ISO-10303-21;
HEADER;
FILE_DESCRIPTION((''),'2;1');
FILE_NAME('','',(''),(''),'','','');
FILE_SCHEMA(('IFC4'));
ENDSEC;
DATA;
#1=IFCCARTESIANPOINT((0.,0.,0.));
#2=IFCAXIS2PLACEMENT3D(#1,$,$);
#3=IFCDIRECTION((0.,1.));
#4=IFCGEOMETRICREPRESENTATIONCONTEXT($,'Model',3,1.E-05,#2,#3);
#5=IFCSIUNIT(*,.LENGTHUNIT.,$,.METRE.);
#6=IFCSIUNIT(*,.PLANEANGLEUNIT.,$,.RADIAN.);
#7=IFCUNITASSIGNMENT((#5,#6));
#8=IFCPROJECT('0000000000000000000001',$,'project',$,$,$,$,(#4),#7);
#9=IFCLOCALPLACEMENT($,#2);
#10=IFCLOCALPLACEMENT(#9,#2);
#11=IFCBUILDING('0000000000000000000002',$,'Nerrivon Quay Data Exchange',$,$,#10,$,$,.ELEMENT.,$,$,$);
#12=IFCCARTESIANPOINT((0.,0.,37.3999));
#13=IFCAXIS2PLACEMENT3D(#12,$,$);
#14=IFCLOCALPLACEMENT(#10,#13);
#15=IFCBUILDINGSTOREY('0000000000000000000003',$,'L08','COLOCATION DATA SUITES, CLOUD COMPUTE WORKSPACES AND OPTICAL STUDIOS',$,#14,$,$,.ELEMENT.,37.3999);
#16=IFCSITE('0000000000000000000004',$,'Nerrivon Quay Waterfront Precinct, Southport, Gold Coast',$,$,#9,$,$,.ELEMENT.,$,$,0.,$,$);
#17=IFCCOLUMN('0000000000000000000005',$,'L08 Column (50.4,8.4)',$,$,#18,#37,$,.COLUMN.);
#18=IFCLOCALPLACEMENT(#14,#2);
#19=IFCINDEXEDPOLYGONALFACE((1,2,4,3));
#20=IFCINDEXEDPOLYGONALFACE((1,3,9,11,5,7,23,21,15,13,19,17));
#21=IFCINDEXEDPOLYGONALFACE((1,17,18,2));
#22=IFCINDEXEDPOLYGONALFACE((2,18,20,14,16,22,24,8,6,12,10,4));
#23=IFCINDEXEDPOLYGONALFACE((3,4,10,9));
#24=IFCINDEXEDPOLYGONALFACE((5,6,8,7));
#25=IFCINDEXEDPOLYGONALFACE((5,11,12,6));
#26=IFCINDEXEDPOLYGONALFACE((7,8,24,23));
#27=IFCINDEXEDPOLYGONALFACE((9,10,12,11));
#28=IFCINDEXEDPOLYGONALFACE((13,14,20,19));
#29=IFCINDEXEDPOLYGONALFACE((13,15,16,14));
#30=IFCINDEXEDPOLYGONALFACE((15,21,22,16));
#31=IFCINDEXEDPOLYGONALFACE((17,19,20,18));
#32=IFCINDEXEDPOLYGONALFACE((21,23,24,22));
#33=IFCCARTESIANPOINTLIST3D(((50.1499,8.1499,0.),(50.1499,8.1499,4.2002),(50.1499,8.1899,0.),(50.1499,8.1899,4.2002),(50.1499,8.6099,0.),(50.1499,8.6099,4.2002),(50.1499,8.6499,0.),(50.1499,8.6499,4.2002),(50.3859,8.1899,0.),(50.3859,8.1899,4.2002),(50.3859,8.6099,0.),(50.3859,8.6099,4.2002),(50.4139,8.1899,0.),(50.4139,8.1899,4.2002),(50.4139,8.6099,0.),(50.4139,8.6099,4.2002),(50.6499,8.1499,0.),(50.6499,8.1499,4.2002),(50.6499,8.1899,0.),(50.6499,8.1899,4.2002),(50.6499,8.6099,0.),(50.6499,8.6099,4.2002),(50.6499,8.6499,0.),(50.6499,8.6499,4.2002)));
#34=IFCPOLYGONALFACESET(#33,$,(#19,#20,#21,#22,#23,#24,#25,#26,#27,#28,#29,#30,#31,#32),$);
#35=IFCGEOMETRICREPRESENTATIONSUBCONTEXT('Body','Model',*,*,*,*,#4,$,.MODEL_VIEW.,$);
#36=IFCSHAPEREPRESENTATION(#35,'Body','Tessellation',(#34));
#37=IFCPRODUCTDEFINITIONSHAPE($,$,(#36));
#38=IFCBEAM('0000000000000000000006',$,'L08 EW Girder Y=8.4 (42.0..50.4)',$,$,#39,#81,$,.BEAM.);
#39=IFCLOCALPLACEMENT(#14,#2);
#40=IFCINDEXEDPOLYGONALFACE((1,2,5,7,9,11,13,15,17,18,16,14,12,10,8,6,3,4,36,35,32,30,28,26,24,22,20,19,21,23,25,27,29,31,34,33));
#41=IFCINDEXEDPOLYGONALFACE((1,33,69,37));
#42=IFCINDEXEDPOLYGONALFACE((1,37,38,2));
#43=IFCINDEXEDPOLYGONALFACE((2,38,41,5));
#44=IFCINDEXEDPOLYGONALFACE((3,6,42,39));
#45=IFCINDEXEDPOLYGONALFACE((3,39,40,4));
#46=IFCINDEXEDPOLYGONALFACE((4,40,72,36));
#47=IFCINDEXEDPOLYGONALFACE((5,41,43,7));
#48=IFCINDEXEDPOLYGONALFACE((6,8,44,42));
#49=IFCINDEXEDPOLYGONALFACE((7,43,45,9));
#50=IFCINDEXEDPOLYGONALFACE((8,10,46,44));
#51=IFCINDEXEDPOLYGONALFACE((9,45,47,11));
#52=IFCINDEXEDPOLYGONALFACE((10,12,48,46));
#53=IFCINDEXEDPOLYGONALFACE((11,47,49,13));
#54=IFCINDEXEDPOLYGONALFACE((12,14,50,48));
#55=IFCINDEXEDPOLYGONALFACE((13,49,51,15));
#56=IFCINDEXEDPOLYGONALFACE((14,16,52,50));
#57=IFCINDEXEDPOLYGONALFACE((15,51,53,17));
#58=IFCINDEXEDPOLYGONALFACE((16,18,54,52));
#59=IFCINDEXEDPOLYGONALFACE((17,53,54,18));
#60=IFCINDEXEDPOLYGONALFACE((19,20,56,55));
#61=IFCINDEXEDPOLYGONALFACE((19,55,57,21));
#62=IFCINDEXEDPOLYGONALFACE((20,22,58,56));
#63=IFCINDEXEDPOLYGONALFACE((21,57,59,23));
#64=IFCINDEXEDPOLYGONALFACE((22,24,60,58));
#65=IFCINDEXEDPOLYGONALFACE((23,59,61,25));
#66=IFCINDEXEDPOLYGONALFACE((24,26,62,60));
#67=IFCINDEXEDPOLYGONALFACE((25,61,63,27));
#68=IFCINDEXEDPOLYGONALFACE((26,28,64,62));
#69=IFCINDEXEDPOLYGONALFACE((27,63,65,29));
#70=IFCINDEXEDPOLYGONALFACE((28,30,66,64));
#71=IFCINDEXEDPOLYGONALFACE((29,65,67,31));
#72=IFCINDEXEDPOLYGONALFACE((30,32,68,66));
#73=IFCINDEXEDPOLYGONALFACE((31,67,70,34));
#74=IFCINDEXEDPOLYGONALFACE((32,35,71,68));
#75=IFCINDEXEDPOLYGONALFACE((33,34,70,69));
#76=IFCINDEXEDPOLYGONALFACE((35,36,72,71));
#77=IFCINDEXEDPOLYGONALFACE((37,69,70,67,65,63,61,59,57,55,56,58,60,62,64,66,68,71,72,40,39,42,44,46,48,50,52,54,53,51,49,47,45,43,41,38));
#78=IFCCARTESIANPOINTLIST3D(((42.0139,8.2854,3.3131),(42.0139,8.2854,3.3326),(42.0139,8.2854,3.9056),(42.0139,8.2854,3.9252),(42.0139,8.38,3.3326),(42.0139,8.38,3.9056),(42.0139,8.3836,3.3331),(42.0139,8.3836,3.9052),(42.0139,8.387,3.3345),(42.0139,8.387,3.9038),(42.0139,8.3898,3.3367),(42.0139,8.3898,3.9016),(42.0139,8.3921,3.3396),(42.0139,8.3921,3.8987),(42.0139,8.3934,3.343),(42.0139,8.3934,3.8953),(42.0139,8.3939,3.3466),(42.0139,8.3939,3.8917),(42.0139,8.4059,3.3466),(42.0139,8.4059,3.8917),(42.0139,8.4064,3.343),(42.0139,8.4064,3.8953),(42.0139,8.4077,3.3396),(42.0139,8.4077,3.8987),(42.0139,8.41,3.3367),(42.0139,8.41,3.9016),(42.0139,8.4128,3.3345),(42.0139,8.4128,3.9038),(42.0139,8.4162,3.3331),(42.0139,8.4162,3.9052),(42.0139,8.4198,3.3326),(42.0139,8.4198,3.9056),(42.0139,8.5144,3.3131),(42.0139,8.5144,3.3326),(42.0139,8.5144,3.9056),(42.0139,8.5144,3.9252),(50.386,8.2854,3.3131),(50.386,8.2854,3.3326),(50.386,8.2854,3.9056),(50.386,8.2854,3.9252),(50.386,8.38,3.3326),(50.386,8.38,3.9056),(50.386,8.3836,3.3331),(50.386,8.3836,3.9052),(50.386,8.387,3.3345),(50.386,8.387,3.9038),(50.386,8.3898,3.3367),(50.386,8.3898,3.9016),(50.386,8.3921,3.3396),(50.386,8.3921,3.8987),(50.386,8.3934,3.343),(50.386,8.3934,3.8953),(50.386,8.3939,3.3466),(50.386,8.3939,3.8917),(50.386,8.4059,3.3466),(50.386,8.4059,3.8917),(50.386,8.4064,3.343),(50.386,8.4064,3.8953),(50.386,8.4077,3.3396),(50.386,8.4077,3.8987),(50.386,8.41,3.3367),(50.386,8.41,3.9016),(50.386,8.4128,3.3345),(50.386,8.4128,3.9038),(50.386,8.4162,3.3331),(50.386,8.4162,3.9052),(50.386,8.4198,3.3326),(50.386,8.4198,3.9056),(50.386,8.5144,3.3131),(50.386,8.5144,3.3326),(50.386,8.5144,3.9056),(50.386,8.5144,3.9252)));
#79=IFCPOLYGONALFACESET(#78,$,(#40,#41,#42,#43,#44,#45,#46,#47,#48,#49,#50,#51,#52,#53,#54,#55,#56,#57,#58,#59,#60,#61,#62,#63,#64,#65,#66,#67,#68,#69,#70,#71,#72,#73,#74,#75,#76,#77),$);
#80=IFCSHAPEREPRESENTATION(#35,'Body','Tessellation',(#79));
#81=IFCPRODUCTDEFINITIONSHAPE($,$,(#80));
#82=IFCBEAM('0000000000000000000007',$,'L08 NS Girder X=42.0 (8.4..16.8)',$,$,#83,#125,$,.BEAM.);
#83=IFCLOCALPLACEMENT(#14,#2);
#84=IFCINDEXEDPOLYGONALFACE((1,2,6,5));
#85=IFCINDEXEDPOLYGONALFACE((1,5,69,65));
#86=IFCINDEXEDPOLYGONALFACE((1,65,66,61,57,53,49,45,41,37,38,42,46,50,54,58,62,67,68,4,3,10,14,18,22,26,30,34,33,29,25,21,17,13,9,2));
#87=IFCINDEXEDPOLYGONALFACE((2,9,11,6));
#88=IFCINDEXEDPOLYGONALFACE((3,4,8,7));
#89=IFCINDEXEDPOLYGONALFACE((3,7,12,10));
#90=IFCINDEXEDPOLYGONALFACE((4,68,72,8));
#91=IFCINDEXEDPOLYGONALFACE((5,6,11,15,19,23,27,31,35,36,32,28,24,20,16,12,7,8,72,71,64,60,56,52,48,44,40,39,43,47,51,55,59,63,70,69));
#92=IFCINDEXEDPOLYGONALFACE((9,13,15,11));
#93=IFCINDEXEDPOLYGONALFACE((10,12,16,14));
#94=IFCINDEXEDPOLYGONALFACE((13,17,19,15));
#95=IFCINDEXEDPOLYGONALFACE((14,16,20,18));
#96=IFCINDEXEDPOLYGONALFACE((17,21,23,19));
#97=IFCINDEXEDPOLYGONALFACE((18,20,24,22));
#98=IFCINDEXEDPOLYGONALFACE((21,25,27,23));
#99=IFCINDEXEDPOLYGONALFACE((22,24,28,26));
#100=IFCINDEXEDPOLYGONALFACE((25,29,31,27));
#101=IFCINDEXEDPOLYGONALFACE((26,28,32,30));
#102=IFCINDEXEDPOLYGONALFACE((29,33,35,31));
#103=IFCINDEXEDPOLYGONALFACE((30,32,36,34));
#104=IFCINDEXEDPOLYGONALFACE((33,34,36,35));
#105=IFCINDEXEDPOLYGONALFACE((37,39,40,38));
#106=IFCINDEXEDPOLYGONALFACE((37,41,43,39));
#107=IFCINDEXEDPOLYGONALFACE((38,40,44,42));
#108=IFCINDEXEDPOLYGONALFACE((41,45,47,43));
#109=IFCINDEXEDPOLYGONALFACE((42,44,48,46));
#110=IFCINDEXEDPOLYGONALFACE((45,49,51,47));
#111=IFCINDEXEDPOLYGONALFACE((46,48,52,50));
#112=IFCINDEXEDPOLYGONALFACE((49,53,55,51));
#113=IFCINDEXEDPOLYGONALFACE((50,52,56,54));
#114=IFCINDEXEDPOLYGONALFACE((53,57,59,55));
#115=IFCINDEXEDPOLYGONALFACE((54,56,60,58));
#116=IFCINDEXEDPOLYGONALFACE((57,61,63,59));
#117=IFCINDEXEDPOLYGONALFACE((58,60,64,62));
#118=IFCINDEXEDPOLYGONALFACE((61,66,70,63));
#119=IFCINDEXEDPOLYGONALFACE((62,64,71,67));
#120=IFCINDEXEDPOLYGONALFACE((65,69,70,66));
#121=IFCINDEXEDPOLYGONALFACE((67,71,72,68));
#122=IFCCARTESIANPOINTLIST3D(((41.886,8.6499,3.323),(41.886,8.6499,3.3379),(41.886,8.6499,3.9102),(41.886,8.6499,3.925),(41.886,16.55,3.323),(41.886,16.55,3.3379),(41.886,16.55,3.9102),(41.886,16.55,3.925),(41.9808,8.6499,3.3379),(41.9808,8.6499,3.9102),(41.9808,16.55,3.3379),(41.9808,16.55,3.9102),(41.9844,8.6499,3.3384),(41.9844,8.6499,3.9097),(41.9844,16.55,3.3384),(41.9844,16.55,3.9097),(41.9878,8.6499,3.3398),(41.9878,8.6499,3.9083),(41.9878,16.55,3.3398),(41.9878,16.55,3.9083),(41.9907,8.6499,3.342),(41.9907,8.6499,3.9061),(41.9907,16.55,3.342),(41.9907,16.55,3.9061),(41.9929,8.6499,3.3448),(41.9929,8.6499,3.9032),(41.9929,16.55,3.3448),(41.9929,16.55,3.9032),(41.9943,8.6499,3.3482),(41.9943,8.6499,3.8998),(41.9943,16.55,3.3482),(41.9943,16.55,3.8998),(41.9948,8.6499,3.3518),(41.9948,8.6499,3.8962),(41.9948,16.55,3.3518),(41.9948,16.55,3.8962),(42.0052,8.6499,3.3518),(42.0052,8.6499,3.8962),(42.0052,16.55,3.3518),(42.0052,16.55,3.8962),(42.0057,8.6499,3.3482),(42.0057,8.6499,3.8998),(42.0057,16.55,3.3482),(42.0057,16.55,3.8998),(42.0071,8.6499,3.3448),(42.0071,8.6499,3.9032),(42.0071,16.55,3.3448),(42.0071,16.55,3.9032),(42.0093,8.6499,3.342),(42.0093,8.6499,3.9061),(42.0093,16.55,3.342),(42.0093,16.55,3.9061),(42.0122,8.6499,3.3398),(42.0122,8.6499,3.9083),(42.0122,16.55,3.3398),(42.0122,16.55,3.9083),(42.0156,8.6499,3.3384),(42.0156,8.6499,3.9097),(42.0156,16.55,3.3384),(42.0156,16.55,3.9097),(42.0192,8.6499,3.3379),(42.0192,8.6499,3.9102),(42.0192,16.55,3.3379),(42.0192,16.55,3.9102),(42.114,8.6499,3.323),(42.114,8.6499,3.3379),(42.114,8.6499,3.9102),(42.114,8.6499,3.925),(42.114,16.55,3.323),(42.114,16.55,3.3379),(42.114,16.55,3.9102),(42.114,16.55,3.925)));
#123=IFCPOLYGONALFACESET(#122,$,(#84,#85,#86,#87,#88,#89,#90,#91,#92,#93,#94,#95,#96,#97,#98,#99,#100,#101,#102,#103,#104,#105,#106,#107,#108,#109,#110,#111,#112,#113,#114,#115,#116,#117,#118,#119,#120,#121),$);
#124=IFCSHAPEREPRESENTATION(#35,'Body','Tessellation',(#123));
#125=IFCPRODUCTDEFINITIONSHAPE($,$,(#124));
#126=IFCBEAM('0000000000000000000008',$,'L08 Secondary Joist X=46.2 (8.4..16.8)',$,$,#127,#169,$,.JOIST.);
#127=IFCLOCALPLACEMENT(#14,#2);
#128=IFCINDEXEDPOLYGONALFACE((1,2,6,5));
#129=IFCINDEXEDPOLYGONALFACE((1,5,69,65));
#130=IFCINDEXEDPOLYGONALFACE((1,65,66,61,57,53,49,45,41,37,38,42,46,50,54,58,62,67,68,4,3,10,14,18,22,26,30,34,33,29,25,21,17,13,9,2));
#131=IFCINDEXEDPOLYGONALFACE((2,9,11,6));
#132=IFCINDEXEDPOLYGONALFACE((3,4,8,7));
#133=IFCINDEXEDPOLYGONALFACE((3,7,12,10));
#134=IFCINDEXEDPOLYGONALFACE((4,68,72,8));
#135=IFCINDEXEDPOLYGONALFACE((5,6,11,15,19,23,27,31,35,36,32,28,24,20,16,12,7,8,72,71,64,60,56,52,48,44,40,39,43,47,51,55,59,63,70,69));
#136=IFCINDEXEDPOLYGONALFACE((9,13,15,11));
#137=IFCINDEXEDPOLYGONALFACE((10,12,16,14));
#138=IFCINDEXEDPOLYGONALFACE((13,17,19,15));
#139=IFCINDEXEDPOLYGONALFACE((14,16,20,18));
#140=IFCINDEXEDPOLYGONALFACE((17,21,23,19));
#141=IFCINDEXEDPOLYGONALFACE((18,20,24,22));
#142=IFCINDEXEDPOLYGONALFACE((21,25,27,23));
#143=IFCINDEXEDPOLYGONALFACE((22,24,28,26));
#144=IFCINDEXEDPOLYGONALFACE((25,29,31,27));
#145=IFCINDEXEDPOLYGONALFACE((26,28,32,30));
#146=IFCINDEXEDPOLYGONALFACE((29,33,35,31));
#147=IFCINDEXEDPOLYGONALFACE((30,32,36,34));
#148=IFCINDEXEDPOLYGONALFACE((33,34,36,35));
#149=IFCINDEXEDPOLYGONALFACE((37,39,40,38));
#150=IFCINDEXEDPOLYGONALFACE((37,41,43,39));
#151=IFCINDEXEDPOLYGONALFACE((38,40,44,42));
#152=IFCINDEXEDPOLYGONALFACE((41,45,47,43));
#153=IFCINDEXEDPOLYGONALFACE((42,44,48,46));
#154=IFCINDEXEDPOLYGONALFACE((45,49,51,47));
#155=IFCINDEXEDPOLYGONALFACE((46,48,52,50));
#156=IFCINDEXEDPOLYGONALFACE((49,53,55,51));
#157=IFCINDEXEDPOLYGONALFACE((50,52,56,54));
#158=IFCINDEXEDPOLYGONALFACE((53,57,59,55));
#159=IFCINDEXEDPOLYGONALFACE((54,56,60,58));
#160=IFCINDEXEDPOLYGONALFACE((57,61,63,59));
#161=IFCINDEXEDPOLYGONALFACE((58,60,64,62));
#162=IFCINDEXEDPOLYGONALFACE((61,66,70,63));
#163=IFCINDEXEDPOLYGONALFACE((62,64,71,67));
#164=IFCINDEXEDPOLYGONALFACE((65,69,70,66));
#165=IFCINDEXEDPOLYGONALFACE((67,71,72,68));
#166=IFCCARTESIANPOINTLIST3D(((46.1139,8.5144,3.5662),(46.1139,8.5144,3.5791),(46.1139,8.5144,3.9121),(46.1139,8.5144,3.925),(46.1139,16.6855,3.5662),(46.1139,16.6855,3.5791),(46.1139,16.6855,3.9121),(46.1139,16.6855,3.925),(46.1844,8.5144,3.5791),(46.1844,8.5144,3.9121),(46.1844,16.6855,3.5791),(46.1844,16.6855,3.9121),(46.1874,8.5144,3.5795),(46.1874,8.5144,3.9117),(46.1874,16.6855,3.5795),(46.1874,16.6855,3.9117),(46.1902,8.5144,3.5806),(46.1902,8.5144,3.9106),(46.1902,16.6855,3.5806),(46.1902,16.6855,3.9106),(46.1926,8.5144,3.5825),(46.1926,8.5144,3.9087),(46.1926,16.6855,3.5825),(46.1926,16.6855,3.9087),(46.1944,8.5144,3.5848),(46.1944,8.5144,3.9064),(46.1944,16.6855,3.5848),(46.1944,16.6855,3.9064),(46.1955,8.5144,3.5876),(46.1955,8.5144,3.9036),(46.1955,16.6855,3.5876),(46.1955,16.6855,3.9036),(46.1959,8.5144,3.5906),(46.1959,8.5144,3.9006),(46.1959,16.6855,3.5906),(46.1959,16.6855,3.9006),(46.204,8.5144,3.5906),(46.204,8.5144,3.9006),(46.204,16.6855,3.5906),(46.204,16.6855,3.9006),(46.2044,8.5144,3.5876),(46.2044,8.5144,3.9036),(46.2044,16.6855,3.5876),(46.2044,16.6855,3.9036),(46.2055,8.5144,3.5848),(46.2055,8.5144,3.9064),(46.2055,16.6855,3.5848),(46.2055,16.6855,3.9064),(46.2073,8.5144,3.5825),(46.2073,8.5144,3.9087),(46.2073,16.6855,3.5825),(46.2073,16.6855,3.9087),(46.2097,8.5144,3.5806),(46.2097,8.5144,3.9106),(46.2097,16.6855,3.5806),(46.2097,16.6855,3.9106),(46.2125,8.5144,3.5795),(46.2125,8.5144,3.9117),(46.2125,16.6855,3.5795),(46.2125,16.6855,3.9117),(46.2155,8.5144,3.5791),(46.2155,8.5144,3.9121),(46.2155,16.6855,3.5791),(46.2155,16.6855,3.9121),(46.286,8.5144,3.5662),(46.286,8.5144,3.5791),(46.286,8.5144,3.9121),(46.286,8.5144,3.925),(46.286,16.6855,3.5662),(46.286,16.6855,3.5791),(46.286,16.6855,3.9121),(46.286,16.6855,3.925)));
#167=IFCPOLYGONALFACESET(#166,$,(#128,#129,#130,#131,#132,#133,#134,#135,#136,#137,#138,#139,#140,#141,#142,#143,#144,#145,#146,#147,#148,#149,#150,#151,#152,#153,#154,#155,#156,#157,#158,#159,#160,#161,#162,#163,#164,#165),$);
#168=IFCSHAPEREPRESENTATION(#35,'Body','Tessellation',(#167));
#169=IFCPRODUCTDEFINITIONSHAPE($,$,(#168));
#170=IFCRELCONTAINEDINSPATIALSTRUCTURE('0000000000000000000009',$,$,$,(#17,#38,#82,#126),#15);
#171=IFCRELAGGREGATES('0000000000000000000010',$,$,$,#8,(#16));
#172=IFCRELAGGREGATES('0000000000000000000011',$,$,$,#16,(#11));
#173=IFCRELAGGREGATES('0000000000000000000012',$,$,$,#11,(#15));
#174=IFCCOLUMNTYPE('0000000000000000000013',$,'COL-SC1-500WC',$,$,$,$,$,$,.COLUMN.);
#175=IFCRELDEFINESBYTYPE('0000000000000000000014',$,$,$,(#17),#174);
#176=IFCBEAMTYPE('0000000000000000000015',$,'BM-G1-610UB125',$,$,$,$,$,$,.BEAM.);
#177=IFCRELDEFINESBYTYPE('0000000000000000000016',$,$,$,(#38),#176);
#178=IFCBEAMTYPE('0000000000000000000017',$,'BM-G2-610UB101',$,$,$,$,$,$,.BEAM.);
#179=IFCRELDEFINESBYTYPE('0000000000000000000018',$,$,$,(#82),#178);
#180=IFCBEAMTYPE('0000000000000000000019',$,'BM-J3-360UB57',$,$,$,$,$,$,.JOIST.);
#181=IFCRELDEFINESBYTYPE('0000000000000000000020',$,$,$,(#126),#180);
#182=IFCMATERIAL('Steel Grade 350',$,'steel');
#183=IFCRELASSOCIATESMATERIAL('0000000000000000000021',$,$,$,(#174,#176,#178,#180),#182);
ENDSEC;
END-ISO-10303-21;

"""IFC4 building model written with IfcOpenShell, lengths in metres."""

from ifc_helpers import new_model, si_unit, direction, frame, origin, origin_2d, place, context, subcontext, project, spatial, i_section, extrude, material, material_profile, profile_set, type_object, element, save


model = new_model("IFC4")

# Units and contexts
model_context = context("Model", 3, precision=1e-05, world=origin(), true_north=direction((0.0, 1.0)))
body_context = subcontext(model_context, "Body", "Model", "MODEL_VIEW")
ifc_project = project(units=[si_unit("LENGTHUNIT", "METRE"), si_unit("PLANEANGLEUNIT", "RADIAN")], contexts=[model_context])

# Site, building, storey
site_placement = place(None, origin())
site = spatial("IfcSite", under=ifc_project, at=site_placement, Name="Nerrivon Quay Waterfront Precinct, Southport, Gold Coast", CompositionType="ELEMENT", RefElevation=0.0)
building_placement = place(site_placement, origin())
building = spatial("IfcBuilding", under=site, at=building_placement, Name="Nerrivon Quay Data Exchange", CompositionType="ELEMENT")
storey_placement = place(building_placement, frame((0.0, 0.0, 37.3999)))
storey = spatial("IfcBuildingStorey", under=building, at=storey_placement, Name="L08", Description="COLOCATION DATA SUITES, CLOUD COMPUTE WORKSPACES AND OPTICAL STUDIOS", CompositionType="ELEMENT", Elevation=37.3999)

# Column
ifc_material_1 = material(Name="Steel Grade 350", Category="steel")
ifc_material_profile_1 = material_profile(ifc_material_1, i_section(OverallWidth=0.5, OverallDepth=0.5, WebThickness=0.0281, FlangeThickness=0.04, at=origin_2d()), Name="500WC440")
ifc_profile_set_1 = profile_set([ifc_material_profile_1], Name="Steel Grade 350")
column_type = type_object("IfcColumnType", Name="COL-SC1-500WC", PredefinedType="COLUMN", material=ifc_profile_set_1)
column_placement = place(storey_placement, frame((50.3999, 8.3999, 0.0), z_axis=(0.0, 0.0, 1.0), x_axis=(1.0, 0.0, 0.0)))
element("IfcColumn", 1, at=column_placement, inside=storey, type_object=column_type, Name="L08 Column (50.4,8.4)", PredefinedType="COLUMN", context=body_context, shape_type="SweptSolid", body=[
    extrude(i_section(OverallWidth=0.5, OverallDepth=0.5, WebThickness=0.0281, FlangeThickness=0.04, at=origin_2d()), origin(), (0.0, 0.0, 1.0), 4.2002),
])

# Beams
ifc_material_profile_2 = material_profile(ifc_material_1, i_section(OverallWidth=0.229, OverallDepth=0.6121, WebThickness=0.012, FlangeThickness=0.0195, FilletRadius=0.0139, at=origin_2d()), Name="610UB125")
ifc_profile_set_2 = profile_set([ifc_material_profile_2], Name="Steel Grade 350")
beam_type_1 = type_object("IfcBeamType", Name="BM-G1-610UB125", PredefinedType="BEAM", material=ifc_profile_set_2)
beam_1_placement = place(storey_placement, frame((42.0139, 8.3999, 3.6191), z_axis=(1.0, 0.0, 0.0), x_axis=(0.0, 1.0, 0.0)))
element("IfcBeam", 2, at=beam_1_placement, inside=storey, type_object=beam_type_1, Name="L08 EW Girder Y=8.4 (42.0..50.4)", PredefinedType="BEAM", context=body_context, shape_type="SweptSolid", body=[
    extrude(i_section(OverallWidth=0.229, OverallDepth=0.6121, WebThickness=0.012, FlangeThickness=0.0195, FilletRadius=0.0139, at=origin_2d()), origin(), (0.0, 0.0, 1.0), 8.3721),
])
ifc_material_profile_3 = material_profile(ifc_material_1, i_section(OverallWidth=0.228, OverallDepth=0.6021, WebThickness=0.0105, FlangeThickness=0.0149, FilletRadius=0.0139, at=origin_2d()), Name="610UB101")
ifc_profile_set_3 = profile_set([ifc_material_profile_3], Name="Steel Grade 350")
beam_type_2 = type_object("IfcBeamType", Name="BM-G2-610UB101", PredefinedType="BEAM", material=ifc_profile_set_3)
beam_2_placement = place(storey_placement, frame((42.0, 8.6499, 3.624), z_axis=(0.0, 1.0, 0.0), x_axis=(-1.0, 0.0, 0.0)))
element("IfcBeam", 3, at=beam_2_placement, inside=storey, type_object=beam_type_2, Name="L08 NS Girder X=42.0 (8.4..16.8)", PredefinedType="BEAM", context=body_context, shape_type="SweptSolid", body=[
    extrude(i_section(OverallWidth=0.228, OverallDepth=0.6021, WebThickness=0.0105, FlangeThickness=0.0149, FilletRadius=0.0139, at=origin_2d()), origin(), (0.0, 0.0, 1.0), 7.9001),
])
ifc_material_profile_4 = material_profile(ifc_material_1, i_section(OverallWidth=0.1721, OverallDepth=0.3589, WebThickness=0.0081, FlangeThickness=0.0129, FilletRadius=0.0115, at=origin_2d()), Name="360UB56.7")
ifc_profile_set_4 = profile_set([ifc_material_profile_4], Name="Steel Grade 350")
beam_type_3 = type_object("IfcBeamType", Name="BM-J3-360UB57", PredefinedType="JOIST", material=ifc_profile_set_4)
beam_3_placement = place(storey_placement, frame((46.2, 8.5144, 3.7456), z_axis=(0.0, 1.0, 0.0), x_axis=(-1.0, 0.0, 0.0)))
element("IfcBeam", 4, at=beam_3_placement, inside=storey, type_object=beam_type_3, Name="L08 Secondary Joist X=46.2 (8.4..16.8)", PredefinedType="JOIST", context=body_context, shape_type="SweptSolid", body=[
    extrude(i_section(OverallWidth=0.1721, OverallDepth=0.3589, WebThickness=0.0081, FlangeThickness=0.0129, FilletRadius=0.0115, at=origin_2d()), origin(), (0.0, 0.0, 1.0), 8.1711),
])

save(model, "model.ifc")
